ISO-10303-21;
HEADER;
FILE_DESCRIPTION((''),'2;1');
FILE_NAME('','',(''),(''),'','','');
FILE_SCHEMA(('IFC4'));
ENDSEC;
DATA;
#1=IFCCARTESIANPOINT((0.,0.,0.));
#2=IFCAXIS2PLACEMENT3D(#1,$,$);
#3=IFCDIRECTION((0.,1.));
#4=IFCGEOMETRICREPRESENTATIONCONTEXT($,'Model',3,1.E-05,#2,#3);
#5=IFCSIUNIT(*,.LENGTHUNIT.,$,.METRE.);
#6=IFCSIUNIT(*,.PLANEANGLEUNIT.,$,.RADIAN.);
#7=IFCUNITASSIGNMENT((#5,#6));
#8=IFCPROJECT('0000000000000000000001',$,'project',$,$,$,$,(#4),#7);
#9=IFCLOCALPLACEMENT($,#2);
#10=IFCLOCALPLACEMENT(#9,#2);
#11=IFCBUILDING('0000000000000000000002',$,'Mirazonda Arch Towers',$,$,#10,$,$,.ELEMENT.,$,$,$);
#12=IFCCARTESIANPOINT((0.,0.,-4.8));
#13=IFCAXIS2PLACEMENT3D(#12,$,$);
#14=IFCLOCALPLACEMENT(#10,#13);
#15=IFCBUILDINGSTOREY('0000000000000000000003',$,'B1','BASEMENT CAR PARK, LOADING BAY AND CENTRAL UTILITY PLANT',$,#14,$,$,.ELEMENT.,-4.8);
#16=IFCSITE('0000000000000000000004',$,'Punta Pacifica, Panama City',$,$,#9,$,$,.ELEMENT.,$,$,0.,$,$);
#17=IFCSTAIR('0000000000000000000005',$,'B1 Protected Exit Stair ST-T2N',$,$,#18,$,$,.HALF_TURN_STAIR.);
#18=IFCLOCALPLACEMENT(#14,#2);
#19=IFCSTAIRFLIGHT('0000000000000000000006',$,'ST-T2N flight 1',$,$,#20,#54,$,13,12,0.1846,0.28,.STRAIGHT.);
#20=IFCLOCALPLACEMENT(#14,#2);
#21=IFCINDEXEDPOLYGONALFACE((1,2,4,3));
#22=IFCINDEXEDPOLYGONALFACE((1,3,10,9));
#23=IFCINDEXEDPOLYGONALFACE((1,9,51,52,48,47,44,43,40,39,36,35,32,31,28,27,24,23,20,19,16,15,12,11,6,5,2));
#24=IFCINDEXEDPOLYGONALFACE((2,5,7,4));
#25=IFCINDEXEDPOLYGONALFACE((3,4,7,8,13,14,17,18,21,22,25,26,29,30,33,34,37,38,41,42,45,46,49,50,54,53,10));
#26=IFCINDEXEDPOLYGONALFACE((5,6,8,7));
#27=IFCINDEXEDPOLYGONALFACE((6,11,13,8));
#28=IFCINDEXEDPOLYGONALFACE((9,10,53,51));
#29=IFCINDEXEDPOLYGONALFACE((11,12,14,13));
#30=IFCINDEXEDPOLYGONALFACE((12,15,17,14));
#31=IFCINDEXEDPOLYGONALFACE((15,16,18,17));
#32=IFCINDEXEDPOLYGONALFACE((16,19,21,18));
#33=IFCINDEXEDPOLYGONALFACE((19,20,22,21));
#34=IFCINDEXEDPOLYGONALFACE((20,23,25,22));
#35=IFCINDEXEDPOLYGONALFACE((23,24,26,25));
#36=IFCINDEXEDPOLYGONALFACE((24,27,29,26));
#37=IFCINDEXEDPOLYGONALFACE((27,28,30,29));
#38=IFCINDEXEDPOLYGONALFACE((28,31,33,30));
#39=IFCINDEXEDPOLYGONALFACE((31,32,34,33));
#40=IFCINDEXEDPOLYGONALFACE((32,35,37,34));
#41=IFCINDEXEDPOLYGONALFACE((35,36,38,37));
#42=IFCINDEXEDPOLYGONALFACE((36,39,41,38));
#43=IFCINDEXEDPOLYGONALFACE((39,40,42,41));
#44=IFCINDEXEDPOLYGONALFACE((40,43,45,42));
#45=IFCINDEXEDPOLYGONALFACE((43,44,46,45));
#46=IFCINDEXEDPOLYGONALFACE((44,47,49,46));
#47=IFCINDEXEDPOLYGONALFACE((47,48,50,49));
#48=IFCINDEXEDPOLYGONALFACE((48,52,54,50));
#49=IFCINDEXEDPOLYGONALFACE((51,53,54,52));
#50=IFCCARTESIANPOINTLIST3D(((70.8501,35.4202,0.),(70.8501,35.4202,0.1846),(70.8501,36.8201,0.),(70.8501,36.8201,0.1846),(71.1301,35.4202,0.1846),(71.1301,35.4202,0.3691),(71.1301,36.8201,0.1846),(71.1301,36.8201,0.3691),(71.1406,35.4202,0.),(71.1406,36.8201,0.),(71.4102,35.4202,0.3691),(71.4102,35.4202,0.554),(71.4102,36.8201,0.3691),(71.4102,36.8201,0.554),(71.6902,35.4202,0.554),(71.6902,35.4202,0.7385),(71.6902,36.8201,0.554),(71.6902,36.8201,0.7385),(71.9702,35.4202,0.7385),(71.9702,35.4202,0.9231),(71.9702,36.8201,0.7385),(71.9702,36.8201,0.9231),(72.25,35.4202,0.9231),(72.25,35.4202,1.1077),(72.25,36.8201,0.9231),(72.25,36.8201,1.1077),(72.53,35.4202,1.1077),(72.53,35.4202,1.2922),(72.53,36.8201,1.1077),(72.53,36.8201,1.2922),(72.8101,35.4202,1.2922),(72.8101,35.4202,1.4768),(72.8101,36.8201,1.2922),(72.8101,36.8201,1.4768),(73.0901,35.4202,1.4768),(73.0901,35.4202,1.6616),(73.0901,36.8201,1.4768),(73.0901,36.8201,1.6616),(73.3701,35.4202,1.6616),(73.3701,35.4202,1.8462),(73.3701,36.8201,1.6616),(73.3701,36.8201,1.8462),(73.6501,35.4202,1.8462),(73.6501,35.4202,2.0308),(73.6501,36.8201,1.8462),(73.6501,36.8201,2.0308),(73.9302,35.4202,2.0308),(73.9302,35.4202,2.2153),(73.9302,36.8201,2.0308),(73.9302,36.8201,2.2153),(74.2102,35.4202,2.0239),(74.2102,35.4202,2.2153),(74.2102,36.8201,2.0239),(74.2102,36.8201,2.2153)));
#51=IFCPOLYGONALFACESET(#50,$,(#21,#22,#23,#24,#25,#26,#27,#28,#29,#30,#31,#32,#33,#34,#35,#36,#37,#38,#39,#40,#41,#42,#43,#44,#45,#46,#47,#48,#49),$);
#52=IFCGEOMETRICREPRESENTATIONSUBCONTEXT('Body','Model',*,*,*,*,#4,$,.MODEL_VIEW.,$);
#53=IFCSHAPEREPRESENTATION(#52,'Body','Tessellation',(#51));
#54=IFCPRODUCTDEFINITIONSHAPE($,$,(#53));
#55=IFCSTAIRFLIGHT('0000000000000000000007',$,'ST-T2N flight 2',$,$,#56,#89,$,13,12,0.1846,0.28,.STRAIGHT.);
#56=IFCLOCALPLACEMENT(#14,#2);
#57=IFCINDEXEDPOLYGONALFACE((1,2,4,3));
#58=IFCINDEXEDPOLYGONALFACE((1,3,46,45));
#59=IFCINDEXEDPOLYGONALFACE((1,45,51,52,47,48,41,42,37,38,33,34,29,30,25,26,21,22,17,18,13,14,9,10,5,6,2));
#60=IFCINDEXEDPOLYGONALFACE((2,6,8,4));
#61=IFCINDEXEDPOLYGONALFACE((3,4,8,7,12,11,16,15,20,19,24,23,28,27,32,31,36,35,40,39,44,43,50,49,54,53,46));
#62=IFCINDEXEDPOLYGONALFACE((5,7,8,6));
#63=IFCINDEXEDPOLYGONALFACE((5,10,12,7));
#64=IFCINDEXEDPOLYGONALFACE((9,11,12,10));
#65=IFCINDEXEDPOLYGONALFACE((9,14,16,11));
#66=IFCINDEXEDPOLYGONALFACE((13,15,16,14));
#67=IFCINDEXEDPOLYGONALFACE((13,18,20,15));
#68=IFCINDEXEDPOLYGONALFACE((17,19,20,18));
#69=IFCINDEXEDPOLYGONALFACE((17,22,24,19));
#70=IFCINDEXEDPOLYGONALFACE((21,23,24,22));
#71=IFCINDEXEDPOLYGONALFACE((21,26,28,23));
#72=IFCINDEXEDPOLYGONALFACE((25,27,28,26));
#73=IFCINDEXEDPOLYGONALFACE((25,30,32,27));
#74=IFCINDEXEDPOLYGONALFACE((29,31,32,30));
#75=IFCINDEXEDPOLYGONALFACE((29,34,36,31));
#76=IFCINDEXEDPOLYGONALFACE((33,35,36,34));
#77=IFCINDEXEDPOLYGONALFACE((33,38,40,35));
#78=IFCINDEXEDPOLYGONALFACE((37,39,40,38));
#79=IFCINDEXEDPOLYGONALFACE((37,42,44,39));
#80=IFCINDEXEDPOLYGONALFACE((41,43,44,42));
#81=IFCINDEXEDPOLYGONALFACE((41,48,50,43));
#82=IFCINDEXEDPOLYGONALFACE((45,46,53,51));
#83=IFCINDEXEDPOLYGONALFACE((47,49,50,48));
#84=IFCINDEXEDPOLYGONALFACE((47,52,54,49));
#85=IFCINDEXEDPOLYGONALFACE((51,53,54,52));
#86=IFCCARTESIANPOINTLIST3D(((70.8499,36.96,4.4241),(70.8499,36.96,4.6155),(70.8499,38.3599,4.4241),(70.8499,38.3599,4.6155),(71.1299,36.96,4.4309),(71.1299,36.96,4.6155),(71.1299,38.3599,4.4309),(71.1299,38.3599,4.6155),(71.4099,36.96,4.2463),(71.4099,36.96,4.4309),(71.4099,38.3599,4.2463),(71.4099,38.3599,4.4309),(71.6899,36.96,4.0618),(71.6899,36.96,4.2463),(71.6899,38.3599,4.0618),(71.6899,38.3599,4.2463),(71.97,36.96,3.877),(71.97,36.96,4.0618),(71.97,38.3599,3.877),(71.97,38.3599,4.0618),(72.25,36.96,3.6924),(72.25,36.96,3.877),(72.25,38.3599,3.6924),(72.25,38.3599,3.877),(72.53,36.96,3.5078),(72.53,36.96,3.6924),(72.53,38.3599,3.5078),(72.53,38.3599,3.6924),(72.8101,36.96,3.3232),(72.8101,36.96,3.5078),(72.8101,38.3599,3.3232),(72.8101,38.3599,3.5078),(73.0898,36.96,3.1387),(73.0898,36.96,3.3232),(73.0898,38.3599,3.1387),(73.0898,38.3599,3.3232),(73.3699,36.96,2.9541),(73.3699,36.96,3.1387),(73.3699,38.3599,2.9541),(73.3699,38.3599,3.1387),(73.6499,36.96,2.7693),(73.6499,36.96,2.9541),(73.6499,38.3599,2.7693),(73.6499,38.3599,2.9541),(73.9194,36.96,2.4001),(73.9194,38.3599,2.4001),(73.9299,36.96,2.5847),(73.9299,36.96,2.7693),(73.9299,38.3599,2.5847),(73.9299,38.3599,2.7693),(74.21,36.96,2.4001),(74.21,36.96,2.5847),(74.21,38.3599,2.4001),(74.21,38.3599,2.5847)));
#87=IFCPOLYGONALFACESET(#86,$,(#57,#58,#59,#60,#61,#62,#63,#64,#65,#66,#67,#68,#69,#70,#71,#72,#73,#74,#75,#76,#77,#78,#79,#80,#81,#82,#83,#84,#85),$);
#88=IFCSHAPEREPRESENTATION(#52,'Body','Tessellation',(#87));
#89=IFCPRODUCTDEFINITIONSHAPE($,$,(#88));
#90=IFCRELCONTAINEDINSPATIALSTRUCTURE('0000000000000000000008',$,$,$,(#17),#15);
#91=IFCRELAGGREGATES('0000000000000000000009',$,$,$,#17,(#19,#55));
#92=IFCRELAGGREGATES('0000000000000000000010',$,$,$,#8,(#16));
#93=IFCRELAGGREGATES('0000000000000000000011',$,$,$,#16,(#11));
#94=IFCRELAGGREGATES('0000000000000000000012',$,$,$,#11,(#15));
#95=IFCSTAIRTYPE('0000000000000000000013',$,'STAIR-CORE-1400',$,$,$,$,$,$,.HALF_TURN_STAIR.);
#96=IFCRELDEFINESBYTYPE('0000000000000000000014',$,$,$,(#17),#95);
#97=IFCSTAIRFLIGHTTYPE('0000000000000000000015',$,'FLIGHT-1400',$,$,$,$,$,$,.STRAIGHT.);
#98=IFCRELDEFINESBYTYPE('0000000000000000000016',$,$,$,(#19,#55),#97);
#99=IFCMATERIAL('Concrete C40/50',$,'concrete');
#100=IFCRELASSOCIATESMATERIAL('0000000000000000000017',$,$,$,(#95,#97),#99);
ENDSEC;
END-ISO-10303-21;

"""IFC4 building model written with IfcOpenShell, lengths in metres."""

from ifc_helpers import new_model, si_unit, direction, frame, origin, place, context, subcontext, project, spatial, polyline, outline, extrude, material, type_object, element, aggregate, save


model = new_model("IFC4")

# Units and contexts
model_context = context("Model", 3, precision=1e-05, world=origin(), true_north=direction((0.0, 1.0)))
body_context = subcontext(model_context, "Body", "Model", "MODEL_VIEW")
ifc_project = project(units=[si_unit("LENGTHUNIT", "METRE"), si_unit("PLANEANGLEUNIT", "RADIAN")], contexts=[model_context])

# Site, building, storey
site_placement = place(None, origin())
site = spatial("IfcSite", under=ifc_project, at=site_placement, Name="Punta Pacifica, Panama City", CompositionType="ELEMENT", RefElevation=0.0)
building_placement = place(site_placement, origin())
building = spatial("IfcBuilding", under=site, at=building_placement, Name="Mirazonda Arch Towers", CompositionType="ELEMENT")
storey_placement = place(building_placement, frame((0.0, 0.0, -4.8)))
storey = spatial("IfcBuildingStorey", under=building, at=storey_placement, Name="B1", Description="BASEMENT CAR PARK, LOADING BAY AND CENTRAL UTILITY PLANT", CompositionType="ELEMENT", Elevation=-4.8)

# Shared definitions
ifc_material_1 = material(Name="Concrete C40/50", Category="concrete")

# Stair, stair flights
stair_type = type_object("IfcStairType", Name="STAIR-CORE-1400", PredefinedType="HALF_TURN_STAIR", material=ifc_material_1)
stair_placement = place(storey_placement, origin())
stair = element("IfcStair", 1, at=stair_placement, inside=storey, type_object=stair_type, Name="B1 Protected Exit Stair ST-T2N", PredefinedType="HALF_TURN_STAIR")
stair_flight_type = type_object("IfcStairFlightType", Name="FLIGHT-1400", PredefinedType="STRAIGHT", material=ifc_material_1)
stair_flight_1_placement = place(storey_placement, frame((70.8501, 36.1201, 0.0), z_axis=(0.0, 0.0, 1.0), x_axis=(1.0, 0.0, 0.0)))
stair_flight_1 = element("IfcStairFlight", 2, at=stair_flight_1_placement, type_object=stair_flight_type, Name="ST-T2N flight 1", NumberOfRisers=13, NumberOfTreads=12, PredefinedType="STRAIGHT", RiserHeight=0.1846, TreadLength=0.28, context=body_context, shape_type="SweptSolid", body=[
    extrude(outline(polyline([(0.0, 0.0), (0.0, 0.1846), (0.28, 0.1846), (0.28, 0.3691), (0.5601, 0.3691), (0.5601, 0.554), (0.8401, 0.554), (0.8401, 0.7385), (1.1201, 0.7385), (1.1201, 0.9231), (1.3999, 0.9231), (1.3999, 1.1077), (1.6799, 1.1077), (1.6799, 1.2922), (1.96, 1.2922), (1.96, 1.4768), (2.24, 1.4768), (2.24, 1.6616), (2.52, 1.6616), (2.52, 1.8462), (2.8, 1.8462), (2.8, 2.0308), (3.0801, 2.0308), (3.0801, 2.2153), (3.3601, 2.2153), (3.3601, 2.3999), (3.3601, 2.0239), (0.2905, 0.0), (0.0, 0.0)])), frame((0.0, 0.7, 0.0), z_axis=(0.0, -1.0, 0.0), x_axis=(1.0, 0.0, 0.0)), (0.0, 0.0, 1.0), 1.3999),
])
stair_flight_2_placement = place(storey_placement, frame((74.21, 37.6599, 2.4001), z_axis=(0.0, 0.0, 1.0), x_axis=(-1.0, 0.0, 0.0)))
stair_flight_2 = element("IfcStairFlight", 3, at=stair_flight_2_placement, type_object=stair_flight_type, Name="ST-T2N flight 2", NumberOfRisers=13, NumberOfTreads=12, PredefinedType="STRAIGHT", RiserHeight=0.1846, TreadLength=0.28, context=body_context, shape_type="SweptSolid", body=[
    extrude(outline(polyline([(0.0, 0.0), (0.0, 0.1846), (0.28, 0.1846), (0.28, 0.3691), (0.5601, 0.3691), (0.5601, 0.554), (0.8401, 0.554), (0.8401, 0.7385), (1.1201, 0.7385), (1.1201, 0.9231), (1.3999, 0.9231), (1.3999, 1.1077), (1.6799, 1.1077), (1.6799, 1.2922), (1.96, 1.2922), (1.96, 1.4768), (2.24, 1.4768), (2.24, 1.6616), (2.52, 1.6616), (2.52, 1.8462), (2.8, 1.8462), (2.8, 2.0308), (3.0801, 2.0308), (3.0801, 2.2153), (3.3601, 2.2153), (3.3601, 2.3999), (3.3601, 2.0239), (0.2905, 0.0), (0.0, 0.0)])), frame((0.0, 0.7, 0.0), z_axis=(0.0, -1.0, 0.0), x_axis=(1.0, 0.0, 0.0)), (0.0, 0.0, 1.0), 1.3999),
])
aggregate(stair, [stair_flight_1, stair_flight_2])

save(model, "model.ifc")
